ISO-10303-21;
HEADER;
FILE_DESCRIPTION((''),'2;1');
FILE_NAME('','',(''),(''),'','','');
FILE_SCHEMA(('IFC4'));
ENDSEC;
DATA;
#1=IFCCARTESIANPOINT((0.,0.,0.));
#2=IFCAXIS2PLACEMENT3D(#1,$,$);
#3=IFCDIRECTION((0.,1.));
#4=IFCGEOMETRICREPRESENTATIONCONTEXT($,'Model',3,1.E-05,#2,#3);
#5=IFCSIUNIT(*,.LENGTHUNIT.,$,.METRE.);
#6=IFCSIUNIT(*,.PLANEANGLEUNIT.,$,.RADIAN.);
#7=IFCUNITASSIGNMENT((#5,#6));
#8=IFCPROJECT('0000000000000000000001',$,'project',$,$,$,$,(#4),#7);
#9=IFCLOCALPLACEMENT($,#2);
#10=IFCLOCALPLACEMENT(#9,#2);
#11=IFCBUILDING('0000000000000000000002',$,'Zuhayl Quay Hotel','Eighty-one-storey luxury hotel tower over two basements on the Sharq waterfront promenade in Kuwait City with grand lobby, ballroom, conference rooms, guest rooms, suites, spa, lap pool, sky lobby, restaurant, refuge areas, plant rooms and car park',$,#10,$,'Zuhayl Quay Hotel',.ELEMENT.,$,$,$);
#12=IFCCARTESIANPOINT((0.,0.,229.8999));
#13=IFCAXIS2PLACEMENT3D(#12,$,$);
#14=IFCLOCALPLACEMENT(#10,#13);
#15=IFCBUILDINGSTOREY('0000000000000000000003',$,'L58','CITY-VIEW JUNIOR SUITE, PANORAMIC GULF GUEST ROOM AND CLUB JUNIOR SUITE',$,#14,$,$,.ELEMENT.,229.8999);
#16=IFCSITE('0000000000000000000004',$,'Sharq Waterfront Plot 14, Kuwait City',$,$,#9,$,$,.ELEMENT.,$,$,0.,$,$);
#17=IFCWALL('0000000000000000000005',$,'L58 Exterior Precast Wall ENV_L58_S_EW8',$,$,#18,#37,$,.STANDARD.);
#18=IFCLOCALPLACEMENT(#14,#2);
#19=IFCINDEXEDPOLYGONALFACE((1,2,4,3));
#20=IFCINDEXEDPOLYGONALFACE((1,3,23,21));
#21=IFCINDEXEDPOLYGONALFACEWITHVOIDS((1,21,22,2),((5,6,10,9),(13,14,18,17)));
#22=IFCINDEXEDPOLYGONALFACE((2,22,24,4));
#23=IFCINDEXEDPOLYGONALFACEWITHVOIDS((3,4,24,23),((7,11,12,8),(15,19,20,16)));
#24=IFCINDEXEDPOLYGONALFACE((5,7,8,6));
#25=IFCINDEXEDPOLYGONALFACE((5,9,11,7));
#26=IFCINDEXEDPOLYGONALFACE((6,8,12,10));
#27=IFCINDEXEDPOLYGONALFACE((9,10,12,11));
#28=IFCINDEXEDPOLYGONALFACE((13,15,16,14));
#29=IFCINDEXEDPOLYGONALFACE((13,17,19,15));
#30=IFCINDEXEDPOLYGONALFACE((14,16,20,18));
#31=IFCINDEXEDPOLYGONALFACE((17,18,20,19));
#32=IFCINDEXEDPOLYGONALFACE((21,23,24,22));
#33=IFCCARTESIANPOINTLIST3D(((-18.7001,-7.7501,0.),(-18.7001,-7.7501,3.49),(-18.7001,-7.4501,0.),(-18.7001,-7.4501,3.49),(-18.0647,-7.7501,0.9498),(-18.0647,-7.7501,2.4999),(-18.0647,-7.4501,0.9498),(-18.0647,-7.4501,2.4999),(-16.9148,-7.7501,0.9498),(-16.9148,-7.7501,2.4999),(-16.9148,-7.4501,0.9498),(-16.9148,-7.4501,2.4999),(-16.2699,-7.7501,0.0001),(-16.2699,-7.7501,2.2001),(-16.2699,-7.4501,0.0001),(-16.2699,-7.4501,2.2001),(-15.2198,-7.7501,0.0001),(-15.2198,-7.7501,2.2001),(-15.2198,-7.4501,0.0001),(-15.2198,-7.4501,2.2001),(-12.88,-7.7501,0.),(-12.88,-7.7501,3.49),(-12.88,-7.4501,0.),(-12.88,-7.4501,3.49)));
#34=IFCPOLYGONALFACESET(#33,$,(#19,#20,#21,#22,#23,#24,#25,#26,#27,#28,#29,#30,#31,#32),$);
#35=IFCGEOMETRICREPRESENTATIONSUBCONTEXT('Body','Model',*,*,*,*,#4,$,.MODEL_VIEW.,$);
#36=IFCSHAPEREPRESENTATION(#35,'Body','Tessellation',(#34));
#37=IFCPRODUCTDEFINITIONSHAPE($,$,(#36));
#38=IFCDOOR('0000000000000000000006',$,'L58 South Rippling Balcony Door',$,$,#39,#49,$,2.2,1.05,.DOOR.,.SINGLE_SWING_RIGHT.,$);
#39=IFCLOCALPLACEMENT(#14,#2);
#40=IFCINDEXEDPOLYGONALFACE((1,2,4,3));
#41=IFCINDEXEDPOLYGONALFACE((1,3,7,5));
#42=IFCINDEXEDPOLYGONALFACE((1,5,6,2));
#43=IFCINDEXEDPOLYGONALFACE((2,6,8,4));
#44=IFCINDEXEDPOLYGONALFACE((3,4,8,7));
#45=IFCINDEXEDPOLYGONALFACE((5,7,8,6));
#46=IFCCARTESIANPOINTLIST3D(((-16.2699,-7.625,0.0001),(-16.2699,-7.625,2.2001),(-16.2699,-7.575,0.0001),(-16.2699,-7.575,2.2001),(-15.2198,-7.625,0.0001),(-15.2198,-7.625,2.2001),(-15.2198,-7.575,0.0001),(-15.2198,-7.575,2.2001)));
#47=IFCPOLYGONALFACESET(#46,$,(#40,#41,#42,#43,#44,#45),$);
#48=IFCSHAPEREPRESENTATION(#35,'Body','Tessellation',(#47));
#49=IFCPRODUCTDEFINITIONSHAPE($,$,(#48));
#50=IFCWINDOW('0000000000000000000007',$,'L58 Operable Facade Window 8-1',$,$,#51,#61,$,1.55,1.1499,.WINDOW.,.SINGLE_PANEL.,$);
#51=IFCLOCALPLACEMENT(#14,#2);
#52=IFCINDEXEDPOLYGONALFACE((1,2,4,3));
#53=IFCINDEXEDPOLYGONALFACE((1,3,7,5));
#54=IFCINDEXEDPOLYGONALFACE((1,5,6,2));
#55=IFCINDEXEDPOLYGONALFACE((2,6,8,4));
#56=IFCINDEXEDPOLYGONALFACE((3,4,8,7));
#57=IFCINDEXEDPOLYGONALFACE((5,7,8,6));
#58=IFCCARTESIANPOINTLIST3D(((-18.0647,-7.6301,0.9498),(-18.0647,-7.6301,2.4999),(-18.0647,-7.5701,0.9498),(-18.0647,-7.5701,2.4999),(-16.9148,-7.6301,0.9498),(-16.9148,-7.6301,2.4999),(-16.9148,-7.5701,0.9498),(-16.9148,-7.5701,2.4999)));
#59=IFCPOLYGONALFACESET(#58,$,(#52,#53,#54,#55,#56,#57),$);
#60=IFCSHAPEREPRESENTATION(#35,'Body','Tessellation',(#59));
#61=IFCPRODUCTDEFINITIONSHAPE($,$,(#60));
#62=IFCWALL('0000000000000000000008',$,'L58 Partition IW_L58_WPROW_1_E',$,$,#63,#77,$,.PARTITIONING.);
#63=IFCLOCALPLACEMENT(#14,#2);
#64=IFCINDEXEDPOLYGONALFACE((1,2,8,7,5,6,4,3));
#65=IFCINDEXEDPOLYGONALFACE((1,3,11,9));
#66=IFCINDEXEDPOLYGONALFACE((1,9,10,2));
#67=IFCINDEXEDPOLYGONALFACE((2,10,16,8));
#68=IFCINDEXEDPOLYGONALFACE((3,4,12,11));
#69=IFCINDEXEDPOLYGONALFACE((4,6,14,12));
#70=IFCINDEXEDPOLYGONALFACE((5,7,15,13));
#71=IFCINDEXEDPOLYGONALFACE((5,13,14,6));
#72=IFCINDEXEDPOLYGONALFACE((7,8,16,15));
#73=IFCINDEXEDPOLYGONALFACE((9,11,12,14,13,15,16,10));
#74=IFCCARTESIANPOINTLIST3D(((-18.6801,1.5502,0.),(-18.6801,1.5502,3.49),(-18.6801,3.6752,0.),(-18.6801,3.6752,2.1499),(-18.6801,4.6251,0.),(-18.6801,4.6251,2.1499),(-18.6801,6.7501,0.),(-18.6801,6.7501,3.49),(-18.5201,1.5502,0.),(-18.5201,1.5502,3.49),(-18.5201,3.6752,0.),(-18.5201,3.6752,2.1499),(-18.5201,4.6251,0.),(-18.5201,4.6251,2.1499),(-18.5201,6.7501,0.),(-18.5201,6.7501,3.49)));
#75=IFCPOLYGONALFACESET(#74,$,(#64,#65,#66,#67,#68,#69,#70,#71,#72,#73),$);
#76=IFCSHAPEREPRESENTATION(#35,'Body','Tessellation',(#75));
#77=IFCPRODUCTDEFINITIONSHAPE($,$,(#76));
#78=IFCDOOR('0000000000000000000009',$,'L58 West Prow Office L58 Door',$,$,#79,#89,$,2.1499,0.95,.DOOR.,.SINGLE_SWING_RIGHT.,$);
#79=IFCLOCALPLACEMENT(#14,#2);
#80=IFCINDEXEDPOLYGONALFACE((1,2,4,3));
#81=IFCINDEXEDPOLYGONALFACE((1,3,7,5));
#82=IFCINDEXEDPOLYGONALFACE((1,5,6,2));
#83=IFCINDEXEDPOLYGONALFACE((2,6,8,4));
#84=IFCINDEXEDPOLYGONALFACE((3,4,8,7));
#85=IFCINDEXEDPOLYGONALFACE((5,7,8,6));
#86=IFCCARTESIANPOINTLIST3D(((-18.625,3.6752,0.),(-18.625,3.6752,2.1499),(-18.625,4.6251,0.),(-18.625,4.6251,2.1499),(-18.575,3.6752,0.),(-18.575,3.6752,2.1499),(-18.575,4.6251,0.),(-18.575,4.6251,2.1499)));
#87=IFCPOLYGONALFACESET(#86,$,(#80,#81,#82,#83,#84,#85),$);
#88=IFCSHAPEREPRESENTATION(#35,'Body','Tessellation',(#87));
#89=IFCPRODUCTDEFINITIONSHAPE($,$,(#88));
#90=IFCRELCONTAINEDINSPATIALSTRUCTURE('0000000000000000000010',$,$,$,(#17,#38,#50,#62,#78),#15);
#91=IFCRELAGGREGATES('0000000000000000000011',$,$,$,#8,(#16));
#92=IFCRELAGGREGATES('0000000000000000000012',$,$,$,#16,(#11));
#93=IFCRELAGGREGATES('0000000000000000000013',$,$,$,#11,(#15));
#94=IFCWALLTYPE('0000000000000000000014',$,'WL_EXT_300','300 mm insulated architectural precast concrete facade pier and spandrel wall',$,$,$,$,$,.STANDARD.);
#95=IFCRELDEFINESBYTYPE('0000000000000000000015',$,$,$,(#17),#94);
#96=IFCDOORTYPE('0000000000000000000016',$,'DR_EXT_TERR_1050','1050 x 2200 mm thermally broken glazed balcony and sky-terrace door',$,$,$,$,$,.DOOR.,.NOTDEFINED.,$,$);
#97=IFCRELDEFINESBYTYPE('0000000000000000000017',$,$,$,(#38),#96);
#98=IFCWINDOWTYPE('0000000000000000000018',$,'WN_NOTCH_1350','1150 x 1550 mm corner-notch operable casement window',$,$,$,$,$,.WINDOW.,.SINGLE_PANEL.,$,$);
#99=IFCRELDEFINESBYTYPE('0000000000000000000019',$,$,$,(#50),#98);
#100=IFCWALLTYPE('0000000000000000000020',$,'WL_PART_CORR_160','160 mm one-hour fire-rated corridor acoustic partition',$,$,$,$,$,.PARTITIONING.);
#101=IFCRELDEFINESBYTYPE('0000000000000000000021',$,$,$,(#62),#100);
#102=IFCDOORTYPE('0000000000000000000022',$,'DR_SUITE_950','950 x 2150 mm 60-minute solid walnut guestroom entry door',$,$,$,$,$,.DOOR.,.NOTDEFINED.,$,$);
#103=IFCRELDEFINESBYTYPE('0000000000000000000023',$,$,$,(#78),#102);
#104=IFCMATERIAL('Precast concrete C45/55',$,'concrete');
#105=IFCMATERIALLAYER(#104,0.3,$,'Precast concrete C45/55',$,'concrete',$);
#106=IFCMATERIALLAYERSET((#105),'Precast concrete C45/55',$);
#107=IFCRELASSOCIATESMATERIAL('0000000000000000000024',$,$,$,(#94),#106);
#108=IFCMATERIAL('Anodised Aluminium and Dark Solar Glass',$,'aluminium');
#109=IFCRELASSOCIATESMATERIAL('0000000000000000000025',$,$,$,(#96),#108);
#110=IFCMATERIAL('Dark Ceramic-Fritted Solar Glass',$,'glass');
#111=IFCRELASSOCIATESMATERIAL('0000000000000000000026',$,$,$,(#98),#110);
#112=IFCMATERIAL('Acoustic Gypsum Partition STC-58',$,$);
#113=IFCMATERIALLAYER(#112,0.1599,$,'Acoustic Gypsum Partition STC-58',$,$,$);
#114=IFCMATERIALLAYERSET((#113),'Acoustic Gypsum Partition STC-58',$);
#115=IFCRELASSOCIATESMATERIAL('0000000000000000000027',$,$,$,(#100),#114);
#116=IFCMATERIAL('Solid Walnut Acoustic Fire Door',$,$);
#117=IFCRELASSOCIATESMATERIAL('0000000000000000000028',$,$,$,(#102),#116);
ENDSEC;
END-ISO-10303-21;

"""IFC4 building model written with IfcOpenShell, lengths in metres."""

from ifc_helpers import new_model, si_unit, direction, frame, frame_2d, origin, place, context, subcontext, project, spatial, rectangle, extrude, material, layer, layer_set, type_object, element, fill, save


model = new_model("IFC4")

# Units and contexts
model_context = context("Model", 3, precision=1e-05, world=origin(), true_north=direction((0.0, 1.0)))
body_context = subcontext(model_context, "Body", "Model", "MODEL_VIEW")
ifc_project = project(units=[si_unit("LENGTHUNIT", "METRE"), si_unit("PLANEANGLEUNIT", "RADIAN")], contexts=[model_context])

# Site, building, storey
site_placement = place(None, origin())
site = spatial("IfcSite", under=ifc_project, at=site_placement, Name="Sharq Waterfront Plot 14, Kuwait City", CompositionType="ELEMENT", RefElevation=0.0)
building_placement = place(site_placement, origin())
building = spatial("IfcBuilding", under=site, at=building_placement, Name="Zuhayl Quay Hotel", Description="Eighty-one-storey luxury hotel tower over two basements on the Sharq waterfront promenade in Kuwait City with grand lobby, ballroom, conference rooms, guest rooms, suites, spa, lap pool, sky lobby, restaurant, refuge areas, plant rooms and car park", LongName="Zuhayl Quay Hotel", CompositionType="ELEMENT")
storey_placement = place(building_placement, frame((0.0, 0.0, 229.8999)))
storey = spatial("IfcBuildingStorey", under=building, at=storey_placement, Name="L58", Description="CITY-VIEW JUNIOR SUITE, PANORAMIC GULF GUEST ROOM AND CLUB JUNIOR SUITE", CompositionType="ELEMENT", Elevation=229.8999)

# Shared definitions
ifc_material_1 = material(Name="Dark Ceramic-Fritted Solar Glass", Category="glass")

# Wall, openings, door, window
ifc_material_2 = material(Name="Precast concrete C45/55", Category="concrete")
ifc_layer_1 = layer(ifc_material_2, 0.3, Name="Precast concrete C45/55", Category="concrete")
ifc_layer_set_1 = layer_set([ifc_layer_1], Name="Precast concrete C45/55")
wall_type_1 = type_object("IfcWallType", Name="WL_EXT_300", Description="300 mm insulated architectural precast concrete facade pier and spandrel wall", PredefinedType="STANDARD", material=ifc_layer_set_1)
wall_1_placement = place(storey_placement, frame((-12.8799, -7.6001, 0.0), z_axis=(0.0, 0.0, 1.0), x_axis=(-1.0, 0.0, 0.0)))
wall_1 = element("IfcWall", 1, at=wall_1_placement, inside=storey, type_object=wall_type_1, Name="L58 Exterior Precast Wall ENV_L58_S_EW8", PredefinedType="STANDARD", context=body_context, shape_type="SweptSolid", body=[
    extrude(rectangle(XDim=5.8201, YDim=0.3, at=frame_2d((2.9102, 0.0))), origin(), (0.0, 0.0, 1.0), 3.49),
])
opening_1_placement = place(wall_1_placement, frame((2.3401, 0.0, 0.0)))
opening_1 = element("IfcOpeningElement", 2, at=opening_1_placement, cuts=wall_1, PredefinedType="OPENING", context=body_context, shape_type="SweptSolid", body=[
    extrude(rectangle(XDim=1.05, YDim=2.2, at=frame_2d((0.5249, 1.1001))), frame((0.0, 0.1599, 0.0), z_axis=(0.0, -1.0, 0.0), x_axis=(1.0, 0.0, 0.0)), (0.0, 0.0, 1.0), 0.3201),
])
opening_2_placement = place(wall_1_placement, frame((4.0349, 0.0, 0.95)))
opening_2 = element("IfcOpeningElement", 3, at=opening_2_placement, cuts=wall_1, PredefinedType="OPENING", context=body_context, shape_type="SweptSolid", body=[
    extrude(rectangle(XDim=1.1499, YDim=1.55, at=frame_2d((0.575, 0.7749))), frame((0.0, 0.1599, 0.0), z_axis=(0.0, -1.0, 0.0), x_axis=(1.0, 0.0, 0.0)), (0.0, 0.0, 1.0), 0.3201),
])
ifc_material_3 = material(Name="Anodised Aluminium and Dark Solar Glass", Category="aluminium")
door_type_1 = type_object("IfcDoorType", Name="DR_EXT_TERR_1050", Description="1050 x 2200 mm thermally broken glazed balcony and sky-terrace door", OperationType="NOTDEFINED", PredefinedType="DOOR", material=ifc_material_3)
door_1_placement = place(opening_1_placement, origin())
door_1 = element("IfcDoor", 4, at=door_1_placement, inside=storey, type_object=door_type_1, Name="L58 South Rippling Balcony Door", OperationType="SINGLE_SWING_RIGHT", OverallHeight=2.2, OverallWidth=1.05, PredefinedType="DOOR", context=body_context, shape_type="SweptSolid", body=[
    extrude(rectangle(XDim=1.05, YDim=2.2, at=frame_2d((0.5249, 1.1001))), frame((0.0, 0.0249, 0.0), z_axis=(0.0, -1.0, 0.0), x_axis=(1.0, 0.0, 0.0)), (0.0, 0.0, 1.0), 0.05),
])
fill(opening_1, door_1)
window_type = type_object("IfcWindowType", Name="WN_NOTCH_1350", Description="1150 x 1550 mm corner-notch operable casement window", PartitioningType="SINGLE_PANEL", PredefinedType="WINDOW", material=ifc_material_1)
window_placement = place(opening_2_placement, origin())
window = element("IfcWindow", 5, at=window_placement, inside=storey, type_object=window_type, Name="L58 Operable Facade Window 8-1", OverallHeight=1.55, OverallWidth=1.1499, PartitioningType="SINGLE_PANEL", PredefinedType="WINDOW", context=body_context, shape_type="SweptSolid", body=[
    extrude(rectangle(XDim=1.1499, YDim=1.55, at=frame_2d((0.575, 0.7749))), frame((0.0, 0.03, 0.0), z_axis=(0.0, -1.0, 0.0), x_axis=(1.0, 0.0, 0.0)), (0.0, 0.0, 1.0), 0.0601),
])
fill(opening_2, window)

# Wall, opening, door
ifc_material_4 = material(Name="Acoustic Gypsum Partition STC-58")
ifc_layer_2 = layer(ifc_material_4, 0.1599, Name="Acoustic Gypsum Partition STC-58")
ifc_layer_set_2 = layer_set([ifc_layer_2], Name="Acoustic Gypsum Partition STC-58")
wall_type_2 = type_object("IfcWallType", Name="WL_PART_CORR_160", Description="160 mm one-hour fire-rated corridor acoustic partition", PredefinedType="PARTITIONING", material=ifc_layer_set_2)
wall_2_placement = place(storey_placement, frame((-18.6001, 1.55, 0.0), z_axis=(0.0, 0.0, 1.0), x_axis=(0.0, 1.0, 0.0)))
wall_2 = element("IfcWall", 6, at=wall_2_placement, inside=storey, type_object=wall_type_2, Name="L58 Partition IW_L58_WPROW_1_E", PredefinedType="PARTITIONING", context=body_context, shape_type="SweptSolid", body=[
    extrude(rectangle(XDim=5.2, YDim=0.1599, at=frame_2d((2.6001, 0.0))), origin(), (0.0, 0.0, 1.0), 3.49),
])
opening_3_placement = place(wall_2_placement, frame((2.125, 0.0, 0.0)))
opening_3 = element("IfcOpeningElement", 7, at=opening_3_placement, cuts=wall_2, PredefinedType="OPENING", context=body_context, shape_type="SweptSolid", body=[
    extrude(rectangle(XDim=0.95, YDim=2.1499, at=frame_2d((0.4751, 1.075))), frame((0.0, 0.0898, 0.0), z_axis=(0.0, -1.0, 0.0), x_axis=(1.0, 0.0, 0.0)), (0.0, 0.0, 1.0), 0.1799),
])
ifc_material_5 = material(Name="Solid Walnut Acoustic Fire Door")
door_type_2 = type_object("IfcDoorType", Name="DR_SUITE_950", Description="950 x 2150 mm 60-minute solid walnut guestroom entry door", OperationType="NOTDEFINED", PredefinedType="DOOR", material=ifc_material_5)
door_2_placement = place(opening_3_placement, origin())
door_2 = element("IfcDoor", 8, at=door_2_placement, inside=storey, type_object=door_type_2, Name="L58 West Prow Office L58 Door", OperationType="SINGLE_SWING_RIGHT", OverallHeight=2.1499, OverallWidth=0.95, PredefinedType="DOOR", context=body_context, shape_type="SweptSolid", body=[
    extrude(rectangle(XDim=0.95, YDim=2.1499, at=frame_2d((0.4751, 1.075))), frame((0.0, 0.0249, 0.0), z_axis=(0.0, -1.0, 0.0), x_axis=(1.0, 0.0, 0.0)), (0.0, 0.0, 1.0), 0.05),
])
fill(opening_3, door_2)

save(model, "model.ifc")
